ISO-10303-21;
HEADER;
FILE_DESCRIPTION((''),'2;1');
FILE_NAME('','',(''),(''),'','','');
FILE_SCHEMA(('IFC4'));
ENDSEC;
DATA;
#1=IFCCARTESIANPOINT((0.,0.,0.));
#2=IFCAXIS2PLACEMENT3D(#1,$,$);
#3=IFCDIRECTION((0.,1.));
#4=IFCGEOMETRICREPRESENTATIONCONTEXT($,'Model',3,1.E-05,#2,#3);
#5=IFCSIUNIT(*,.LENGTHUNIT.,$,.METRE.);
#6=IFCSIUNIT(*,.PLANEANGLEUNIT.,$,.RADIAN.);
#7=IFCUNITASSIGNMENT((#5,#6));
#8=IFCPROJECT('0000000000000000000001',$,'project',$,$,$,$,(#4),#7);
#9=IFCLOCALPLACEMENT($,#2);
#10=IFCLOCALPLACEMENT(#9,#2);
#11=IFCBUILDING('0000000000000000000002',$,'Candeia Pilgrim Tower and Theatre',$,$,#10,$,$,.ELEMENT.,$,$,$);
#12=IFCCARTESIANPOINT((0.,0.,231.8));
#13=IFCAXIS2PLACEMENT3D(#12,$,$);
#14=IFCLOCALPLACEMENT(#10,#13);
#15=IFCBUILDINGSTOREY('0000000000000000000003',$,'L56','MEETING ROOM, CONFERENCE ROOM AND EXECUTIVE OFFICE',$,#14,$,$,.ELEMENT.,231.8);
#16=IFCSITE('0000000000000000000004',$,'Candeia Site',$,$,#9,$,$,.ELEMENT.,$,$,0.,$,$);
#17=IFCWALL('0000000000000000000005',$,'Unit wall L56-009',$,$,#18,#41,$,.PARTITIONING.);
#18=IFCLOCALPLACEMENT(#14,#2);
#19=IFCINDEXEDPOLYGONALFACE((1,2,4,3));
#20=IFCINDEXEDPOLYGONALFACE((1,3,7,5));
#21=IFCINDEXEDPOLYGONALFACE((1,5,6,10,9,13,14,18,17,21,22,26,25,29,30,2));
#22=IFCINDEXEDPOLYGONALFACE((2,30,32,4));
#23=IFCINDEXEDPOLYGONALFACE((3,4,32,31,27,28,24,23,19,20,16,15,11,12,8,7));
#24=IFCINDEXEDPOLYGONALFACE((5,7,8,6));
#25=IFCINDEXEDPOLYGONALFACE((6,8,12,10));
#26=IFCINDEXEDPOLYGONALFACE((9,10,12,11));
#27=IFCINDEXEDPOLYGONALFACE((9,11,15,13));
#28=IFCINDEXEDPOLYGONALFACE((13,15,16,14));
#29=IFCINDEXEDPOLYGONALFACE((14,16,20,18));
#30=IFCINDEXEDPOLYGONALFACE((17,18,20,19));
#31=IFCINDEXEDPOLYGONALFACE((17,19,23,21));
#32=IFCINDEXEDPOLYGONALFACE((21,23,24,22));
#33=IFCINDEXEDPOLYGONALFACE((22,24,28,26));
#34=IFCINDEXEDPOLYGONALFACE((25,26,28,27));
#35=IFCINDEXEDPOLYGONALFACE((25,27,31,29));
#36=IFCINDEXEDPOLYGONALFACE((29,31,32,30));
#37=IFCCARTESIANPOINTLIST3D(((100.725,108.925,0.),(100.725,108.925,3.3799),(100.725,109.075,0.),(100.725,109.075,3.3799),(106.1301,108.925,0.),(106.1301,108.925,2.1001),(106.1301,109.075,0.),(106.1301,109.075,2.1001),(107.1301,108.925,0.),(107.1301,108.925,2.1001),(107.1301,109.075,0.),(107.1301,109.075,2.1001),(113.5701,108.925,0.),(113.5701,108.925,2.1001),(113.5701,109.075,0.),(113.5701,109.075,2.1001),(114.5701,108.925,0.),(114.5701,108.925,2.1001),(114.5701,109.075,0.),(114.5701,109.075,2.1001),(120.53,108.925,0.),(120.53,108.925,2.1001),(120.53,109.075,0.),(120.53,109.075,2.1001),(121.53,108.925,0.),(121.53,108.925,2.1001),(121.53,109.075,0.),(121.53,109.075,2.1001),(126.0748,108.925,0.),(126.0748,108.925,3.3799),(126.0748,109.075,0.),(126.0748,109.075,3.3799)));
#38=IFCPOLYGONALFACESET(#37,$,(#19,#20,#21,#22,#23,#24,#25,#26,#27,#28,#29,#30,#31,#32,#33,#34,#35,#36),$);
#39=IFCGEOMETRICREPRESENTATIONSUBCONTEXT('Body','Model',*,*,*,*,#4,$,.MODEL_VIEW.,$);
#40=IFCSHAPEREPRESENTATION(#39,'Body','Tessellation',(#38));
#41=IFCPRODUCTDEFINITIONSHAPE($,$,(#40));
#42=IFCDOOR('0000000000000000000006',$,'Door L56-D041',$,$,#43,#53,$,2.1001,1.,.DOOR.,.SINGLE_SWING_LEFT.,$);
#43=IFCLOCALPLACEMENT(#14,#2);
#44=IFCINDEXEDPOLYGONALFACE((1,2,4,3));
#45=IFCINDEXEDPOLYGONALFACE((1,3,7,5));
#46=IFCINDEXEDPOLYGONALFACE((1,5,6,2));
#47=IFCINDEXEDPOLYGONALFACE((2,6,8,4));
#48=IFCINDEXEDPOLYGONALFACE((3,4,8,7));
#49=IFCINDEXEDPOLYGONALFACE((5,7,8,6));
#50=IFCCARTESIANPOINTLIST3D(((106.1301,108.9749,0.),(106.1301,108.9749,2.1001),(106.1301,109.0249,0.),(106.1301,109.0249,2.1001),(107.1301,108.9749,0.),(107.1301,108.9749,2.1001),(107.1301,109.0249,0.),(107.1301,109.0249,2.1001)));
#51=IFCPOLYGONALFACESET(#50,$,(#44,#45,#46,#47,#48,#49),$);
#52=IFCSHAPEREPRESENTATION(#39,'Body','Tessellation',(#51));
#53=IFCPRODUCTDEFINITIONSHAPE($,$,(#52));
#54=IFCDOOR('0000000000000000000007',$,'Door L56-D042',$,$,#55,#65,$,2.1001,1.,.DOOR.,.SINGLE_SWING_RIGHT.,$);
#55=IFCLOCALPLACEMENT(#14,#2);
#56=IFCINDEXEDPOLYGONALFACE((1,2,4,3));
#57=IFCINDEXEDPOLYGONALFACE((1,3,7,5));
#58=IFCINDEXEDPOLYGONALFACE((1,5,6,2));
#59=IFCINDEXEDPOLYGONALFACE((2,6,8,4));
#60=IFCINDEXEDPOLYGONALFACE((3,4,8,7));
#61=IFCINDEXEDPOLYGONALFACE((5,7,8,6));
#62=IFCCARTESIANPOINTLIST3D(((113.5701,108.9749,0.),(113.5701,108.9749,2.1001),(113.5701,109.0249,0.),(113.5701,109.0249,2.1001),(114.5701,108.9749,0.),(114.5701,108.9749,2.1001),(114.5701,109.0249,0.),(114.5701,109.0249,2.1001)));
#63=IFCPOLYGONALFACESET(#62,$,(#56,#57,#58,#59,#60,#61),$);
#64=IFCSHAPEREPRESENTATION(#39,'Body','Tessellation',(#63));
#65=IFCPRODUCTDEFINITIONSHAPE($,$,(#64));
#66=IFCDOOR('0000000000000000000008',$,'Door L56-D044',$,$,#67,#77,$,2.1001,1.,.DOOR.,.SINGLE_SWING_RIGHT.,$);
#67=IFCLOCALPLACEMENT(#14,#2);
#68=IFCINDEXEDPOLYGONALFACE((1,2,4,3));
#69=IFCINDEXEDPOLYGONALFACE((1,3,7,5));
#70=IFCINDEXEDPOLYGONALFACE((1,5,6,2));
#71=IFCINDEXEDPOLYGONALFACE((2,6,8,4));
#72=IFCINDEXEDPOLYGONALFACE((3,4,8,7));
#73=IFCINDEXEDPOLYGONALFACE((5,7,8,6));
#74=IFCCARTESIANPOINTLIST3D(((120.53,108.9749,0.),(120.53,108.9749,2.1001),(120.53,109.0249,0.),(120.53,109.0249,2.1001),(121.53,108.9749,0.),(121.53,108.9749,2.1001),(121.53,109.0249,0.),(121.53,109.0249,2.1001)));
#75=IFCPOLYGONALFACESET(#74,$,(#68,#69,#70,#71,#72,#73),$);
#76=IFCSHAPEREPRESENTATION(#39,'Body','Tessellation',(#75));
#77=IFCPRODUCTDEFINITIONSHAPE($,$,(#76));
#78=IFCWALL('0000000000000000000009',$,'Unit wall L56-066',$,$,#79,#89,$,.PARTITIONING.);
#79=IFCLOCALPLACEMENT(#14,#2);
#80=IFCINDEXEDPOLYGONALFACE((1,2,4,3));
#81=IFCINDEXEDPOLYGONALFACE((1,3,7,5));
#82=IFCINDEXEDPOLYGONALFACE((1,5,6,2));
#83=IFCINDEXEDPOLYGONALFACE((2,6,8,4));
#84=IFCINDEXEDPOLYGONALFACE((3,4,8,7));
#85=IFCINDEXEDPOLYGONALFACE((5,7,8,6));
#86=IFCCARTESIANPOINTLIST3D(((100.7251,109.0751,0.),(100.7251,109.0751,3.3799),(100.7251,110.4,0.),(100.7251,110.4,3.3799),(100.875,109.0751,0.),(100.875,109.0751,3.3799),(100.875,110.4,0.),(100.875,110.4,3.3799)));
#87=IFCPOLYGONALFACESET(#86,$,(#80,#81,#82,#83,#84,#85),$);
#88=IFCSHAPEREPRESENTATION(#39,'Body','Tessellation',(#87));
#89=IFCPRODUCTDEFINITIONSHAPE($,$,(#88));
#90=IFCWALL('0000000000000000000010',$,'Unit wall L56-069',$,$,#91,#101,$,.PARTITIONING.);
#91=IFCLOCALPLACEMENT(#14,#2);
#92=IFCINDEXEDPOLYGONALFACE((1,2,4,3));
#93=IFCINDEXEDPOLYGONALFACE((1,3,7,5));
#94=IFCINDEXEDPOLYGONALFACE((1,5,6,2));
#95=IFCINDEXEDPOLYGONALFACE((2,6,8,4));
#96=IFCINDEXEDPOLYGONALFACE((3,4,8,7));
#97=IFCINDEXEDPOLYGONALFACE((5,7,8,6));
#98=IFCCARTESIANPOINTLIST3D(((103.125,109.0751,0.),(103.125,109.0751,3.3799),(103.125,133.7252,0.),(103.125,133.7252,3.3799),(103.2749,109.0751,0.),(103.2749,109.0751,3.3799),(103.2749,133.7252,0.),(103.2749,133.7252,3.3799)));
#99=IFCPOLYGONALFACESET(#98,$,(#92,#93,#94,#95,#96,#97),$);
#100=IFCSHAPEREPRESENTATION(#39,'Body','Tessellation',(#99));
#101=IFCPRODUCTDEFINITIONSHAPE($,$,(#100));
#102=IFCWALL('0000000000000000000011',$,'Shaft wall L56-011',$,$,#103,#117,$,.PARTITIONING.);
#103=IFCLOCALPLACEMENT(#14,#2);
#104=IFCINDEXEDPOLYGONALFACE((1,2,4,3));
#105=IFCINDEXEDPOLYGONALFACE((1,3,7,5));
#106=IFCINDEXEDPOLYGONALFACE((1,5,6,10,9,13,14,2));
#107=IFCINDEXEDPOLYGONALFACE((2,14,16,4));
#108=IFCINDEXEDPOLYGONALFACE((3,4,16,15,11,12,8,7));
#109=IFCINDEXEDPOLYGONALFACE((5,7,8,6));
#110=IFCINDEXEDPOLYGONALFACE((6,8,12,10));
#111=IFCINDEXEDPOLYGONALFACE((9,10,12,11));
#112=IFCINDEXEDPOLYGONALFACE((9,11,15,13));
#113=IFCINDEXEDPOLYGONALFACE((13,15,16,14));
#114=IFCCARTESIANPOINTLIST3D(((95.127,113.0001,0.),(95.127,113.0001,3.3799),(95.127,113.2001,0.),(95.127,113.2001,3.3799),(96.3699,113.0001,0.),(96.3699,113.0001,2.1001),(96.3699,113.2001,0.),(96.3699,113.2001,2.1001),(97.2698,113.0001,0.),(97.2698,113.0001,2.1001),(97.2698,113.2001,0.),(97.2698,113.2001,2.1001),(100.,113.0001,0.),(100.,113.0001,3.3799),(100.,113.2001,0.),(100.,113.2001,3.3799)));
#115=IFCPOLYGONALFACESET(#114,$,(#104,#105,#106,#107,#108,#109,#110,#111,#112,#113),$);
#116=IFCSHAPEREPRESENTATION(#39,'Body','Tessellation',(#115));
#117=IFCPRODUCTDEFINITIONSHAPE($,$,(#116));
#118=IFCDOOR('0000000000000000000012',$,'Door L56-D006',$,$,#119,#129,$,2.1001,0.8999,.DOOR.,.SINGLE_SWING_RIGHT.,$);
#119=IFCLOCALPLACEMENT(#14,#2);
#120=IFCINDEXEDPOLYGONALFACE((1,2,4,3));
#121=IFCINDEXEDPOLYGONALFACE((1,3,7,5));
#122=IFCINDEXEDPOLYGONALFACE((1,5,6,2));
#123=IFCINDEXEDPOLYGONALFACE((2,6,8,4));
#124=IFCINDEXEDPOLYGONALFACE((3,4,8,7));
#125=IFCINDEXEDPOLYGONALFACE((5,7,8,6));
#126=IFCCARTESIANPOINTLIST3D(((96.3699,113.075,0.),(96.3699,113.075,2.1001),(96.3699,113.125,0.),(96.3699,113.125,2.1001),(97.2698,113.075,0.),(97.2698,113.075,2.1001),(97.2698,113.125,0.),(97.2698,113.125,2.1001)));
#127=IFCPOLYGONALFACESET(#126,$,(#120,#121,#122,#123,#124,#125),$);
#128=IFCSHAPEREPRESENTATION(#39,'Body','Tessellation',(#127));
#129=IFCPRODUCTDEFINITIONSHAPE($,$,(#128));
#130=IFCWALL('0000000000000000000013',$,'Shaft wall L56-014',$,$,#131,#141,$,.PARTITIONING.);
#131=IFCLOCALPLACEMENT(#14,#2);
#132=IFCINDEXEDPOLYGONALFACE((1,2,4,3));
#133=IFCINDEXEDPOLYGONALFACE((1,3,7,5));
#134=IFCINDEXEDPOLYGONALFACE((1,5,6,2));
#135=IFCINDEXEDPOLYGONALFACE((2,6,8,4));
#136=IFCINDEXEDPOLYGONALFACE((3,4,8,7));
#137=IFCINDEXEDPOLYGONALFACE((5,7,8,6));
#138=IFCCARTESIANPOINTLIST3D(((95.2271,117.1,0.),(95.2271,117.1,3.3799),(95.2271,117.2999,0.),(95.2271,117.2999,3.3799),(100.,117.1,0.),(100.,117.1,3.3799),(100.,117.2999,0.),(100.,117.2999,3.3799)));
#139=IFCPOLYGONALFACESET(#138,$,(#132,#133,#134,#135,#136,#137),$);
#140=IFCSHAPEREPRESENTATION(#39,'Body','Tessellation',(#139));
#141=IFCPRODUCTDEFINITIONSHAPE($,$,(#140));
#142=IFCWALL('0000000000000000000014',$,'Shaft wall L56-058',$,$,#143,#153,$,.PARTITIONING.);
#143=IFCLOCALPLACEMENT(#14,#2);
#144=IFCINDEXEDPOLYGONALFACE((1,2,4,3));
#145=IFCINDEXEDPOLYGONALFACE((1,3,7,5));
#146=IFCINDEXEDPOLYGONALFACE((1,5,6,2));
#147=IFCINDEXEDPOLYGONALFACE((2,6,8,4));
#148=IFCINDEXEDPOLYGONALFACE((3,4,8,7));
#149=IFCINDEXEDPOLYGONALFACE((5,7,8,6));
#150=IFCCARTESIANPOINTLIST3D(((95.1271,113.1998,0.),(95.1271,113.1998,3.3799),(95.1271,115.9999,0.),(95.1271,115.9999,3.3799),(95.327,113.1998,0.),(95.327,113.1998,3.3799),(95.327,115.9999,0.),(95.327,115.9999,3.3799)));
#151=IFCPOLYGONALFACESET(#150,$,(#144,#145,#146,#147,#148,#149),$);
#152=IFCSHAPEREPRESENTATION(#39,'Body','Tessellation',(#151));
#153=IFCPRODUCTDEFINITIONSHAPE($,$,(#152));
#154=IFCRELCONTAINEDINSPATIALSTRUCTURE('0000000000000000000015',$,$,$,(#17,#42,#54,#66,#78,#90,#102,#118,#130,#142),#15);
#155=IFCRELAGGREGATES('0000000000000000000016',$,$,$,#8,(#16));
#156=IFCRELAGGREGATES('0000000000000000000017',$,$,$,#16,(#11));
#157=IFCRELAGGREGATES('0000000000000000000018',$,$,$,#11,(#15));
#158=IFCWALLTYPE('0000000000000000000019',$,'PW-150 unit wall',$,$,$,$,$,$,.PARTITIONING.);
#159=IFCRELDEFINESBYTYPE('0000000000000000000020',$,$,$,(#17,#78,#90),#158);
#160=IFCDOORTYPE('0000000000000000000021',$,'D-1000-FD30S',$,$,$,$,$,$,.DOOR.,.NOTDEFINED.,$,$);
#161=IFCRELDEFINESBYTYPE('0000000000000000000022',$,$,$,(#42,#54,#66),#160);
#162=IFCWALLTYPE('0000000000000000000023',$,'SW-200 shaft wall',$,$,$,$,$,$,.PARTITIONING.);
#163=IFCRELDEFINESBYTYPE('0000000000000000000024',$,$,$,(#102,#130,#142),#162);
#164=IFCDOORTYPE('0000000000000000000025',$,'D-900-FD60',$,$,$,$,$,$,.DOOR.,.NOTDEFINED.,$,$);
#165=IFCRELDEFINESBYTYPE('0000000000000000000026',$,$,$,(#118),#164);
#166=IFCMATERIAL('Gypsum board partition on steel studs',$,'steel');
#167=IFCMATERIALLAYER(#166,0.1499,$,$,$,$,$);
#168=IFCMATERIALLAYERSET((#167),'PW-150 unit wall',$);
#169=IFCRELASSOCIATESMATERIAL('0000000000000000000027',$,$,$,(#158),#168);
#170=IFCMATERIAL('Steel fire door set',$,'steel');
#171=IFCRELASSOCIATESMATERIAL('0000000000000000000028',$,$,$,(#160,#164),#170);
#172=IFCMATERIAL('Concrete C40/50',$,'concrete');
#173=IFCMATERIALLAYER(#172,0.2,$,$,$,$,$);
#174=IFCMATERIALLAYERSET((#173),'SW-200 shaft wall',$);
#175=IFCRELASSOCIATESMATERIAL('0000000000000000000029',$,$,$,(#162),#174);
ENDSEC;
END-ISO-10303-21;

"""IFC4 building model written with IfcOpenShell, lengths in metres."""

from ifc_helpers import new_model, si_unit, direction, frame, frame_2d, origin, place, context, subcontext, project, spatial, rectangle, extrude, material, layer, layer_set, type_object, element, fill, save


model = new_model("IFC4")

# Units and contexts
model_context = context("Model", 3, precision=1e-05, world=origin(), true_north=direction((0.0, 1.0)))
body_context = subcontext(model_context, "Body", "Model", "MODEL_VIEW")
ifc_project = project(units=[si_unit("LENGTHUNIT", "METRE"), si_unit("PLANEANGLEUNIT", "RADIAN")], contexts=[model_context])

# Site, building, storey
site_placement = place(None, origin())
site = spatial("IfcSite", under=ifc_project, at=site_placement, Name="Candeia Site", CompositionType="ELEMENT", RefElevation=0.0)
building_placement = place(site_placement, origin())
building = spatial("IfcBuilding", under=site, at=building_placement, Name="Candeia Pilgrim Tower and Theatre", CompositionType="ELEMENT")
storey_placement = place(building_placement, frame((0.0, 0.0, 231.8)))
storey = spatial("IfcBuildingStorey", under=building, at=storey_placement, Name="L56", Description="MEETING ROOM, CONFERENCE ROOM AND EXECUTIVE OFFICE", CompositionType="ELEMENT", Elevation=231.8)

# Shared definitions
ifc_material_1 = material(Name="Steel fire door set", Category="steel")

# Shared definitions
ifc_material_2 = material(Name="Gypsum board partition on steel studs", Category="steel")

# Wall, openings, doors
ifc_layer_1 = layer(ifc_material_2, 0.1499)
ifc_layer_set_1 = layer_set([ifc_layer_1], Name="PW-150 unit wall")
wall_type_1 = type_object("IfcWallType", Name="PW-150 unit wall", PredefinedType="PARTITIONING", material=ifc_layer_set_1)
wall_1_placement = place(storey_placement, frame((100.7251, 109.0, 0.0), z_axis=(0.0, 0.0, 1.0), x_axis=(1.0, 0.0, 0.0)))
wall_1 = element("IfcWall", 1, at=wall_1_placement, inside=storey, type_object=wall_type_1, Name="Unit wall L56-009", PredefinedType="PARTITIONING", context=body_context, shape_type="SweptSolid", body=[
    extrude(rectangle(XDim=25.3499, YDim=0.1499, at=frame_2d((12.6748, 0.0))), origin(), (0.0, 0.0, 1.0), 3.3799),
])
opening_1_placement = place(wall_1_placement, frame((5.405, 0.0, 0.0)))
opening_1 = element("IfcOpeningElement", 2, at=opening_1_placement, cuts=wall_1, PredefinedType="OPENING", context=body_context, shape_type="SweptSolid", body=[
    extrude(rectangle(XDim=1.0, YDim=2.1001, at=frame_2d((0.5, 1.05))), frame((0.0, 0.085, 0.0), z_axis=(0.0, -1.0, 0.0), x_axis=(1.0, 0.0, 0.0)), (0.0, 0.0, 1.0), 0.1699),
])
opening_2_placement = place(wall_1_placement, frame((12.845, 0.0, 0.0)))
opening_2 = element("IfcOpeningElement", 3, at=opening_2_placement, cuts=wall_1, PredefinedType="OPENING", context=body_context, shape_type="SweptSolid", body=[
    extrude(rectangle(XDim=1.0, YDim=2.1001, at=frame_2d((0.5, 1.05))), frame((0.0, 0.085, 0.0), z_axis=(0.0, -1.0, 0.0), x_axis=(1.0, 0.0, 0.0)), (0.0, 0.0, 1.0), 0.1699),
])
opening_3_placement = place(wall_1_placement, frame((19.8049, 0.0, 0.0)))
opening_3 = element("IfcOpeningElement", 4, at=opening_3_placement, cuts=wall_1, PredefinedType="OPENING", context=body_context, shape_type="SweptSolid", body=[
    extrude(rectangle(XDim=1.0, YDim=2.1001, at=frame_2d((0.5, 1.05))), frame((0.0, 0.085, 0.0), z_axis=(0.0, -1.0, 0.0), x_axis=(1.0, 0.0, 0.0)), (0.0, 0.0, 1.0), 0.1699),
])
door_type_1 = type_object("IfcDoorType", Name="D-1000-FD30S", OperationType="NOTDEFINED", PredefinedType="DOOR", material=ifc_material_1)
door_1_placement = place(opening_1_placement, origin())
door_1 = element("IfcDoor", 5, at=door_1_placement, inside=storey, type_object=door_type_1, Name="Door L56-D041", OperationType="SINGLE_SWING_LEFT", OverallHeight=2.1001, OverallWidth=1.0, PredefinedType="DOOR", context=body_context, shape_type="SweptSolid", body=[
    extrude(rectangle(XDim=1.0, YDim=2.1001, at=frame_2d((0.5, 1.05))), frame((0.0, 0.0249, 0.0), z_axis=(0.0, -1.0, 0.0), x_axis=(1.0, 0.0, 0.0)), (0.0, 0.0, 1.0), 0.05),
])
fill(opening_1, door_1)
door_2_placement = place(opening_2_placement, origin())
door_2 = element("IfcDoor", 6, at=door_2_placement, inside=storey, type_object=door_type_1, Name="Door L56-D042", OperationType="SINGLE_SWING_RIGHT", OverallHeight=2.1001, OverallWidth=1.0, PredefinedType="DOOR", context=body_context, shape_type="SweptSolid", body=[
    extrude(rectangle(XDim=1.0, YDim=2.1001, at=frame_2d((0.5, 1.05))), frame((0.0, 0.0249, 0.0), z_axis=(0.0, -1.0, 0.0), x_axis=(1.0, 0.0, 0.0)), (0.0, 0.0, 1.0), 0.05),
])
fill(opening_2, door_2)
door_3_placement = place(opening_3_placement, origin())
door_3 = element("IfcDoor", 7, at=door_3_placement, inside=storey, type_object=door_type_1, Name="Door L56-D044", OperationType="SINGLE_SWING_RIGHT", OverallHeight=2.1001, OverallWidth=1.0, PredefinedType="DOOR", context=body_context, shape_type="SweptSolid", body=[
    extrude(rectangle(XDim=1.0, YDim=2.1001, at=frame_2d((0.5, 1.05))), frame((0.0, 0.0249, 0.0), z_axis=(0.0, -1.0, 0.0), x_axis=(1.0, 0.0, 0.0)), (0.0, 0.0, 1.0), 0.05),
])
fill(opening_3, door_3)

# Walls
wall_2_placement = place(storey_placement, frame((100.8, 109.075, 0.0), z_axis=(0.0, 0.0, 1.0), x_axis=(0.0, 1.0, 0.0)))
element("IfcWall", 8, at=wall_2_placement, inside=storey, type_object=wall_type_1, Name="Unit wall L56-066", PredefinedType="PARTITIONING", context=body_context, shape_type="SweptSolid", body=[
    extrude(rectangle(XDim=1.325, YDim=0.1499, at=frame_2d((0.6626, 0.0))), origin(), (0.0, 0.0, 1.0), 3.3799),
])
wall_3_placement = place(storey_placement, frame((103.2, 109.075, 0.0), z_axis=(0.0, 0.0, 1.0), x_axis=(0.0, 1.0, 0.0)))
element("IfcWall", 9, at=wall_3_placement, inside=storey, type_object=wall_type_1, Name="Unit wall L56-069", PredefinedType="PARTITIONING", context=body_context, shape_type="SweptSolid", body=[
    extrude(rectangle(XDim=24.6501, YDim=0.1499, at=frame_2d((12.3252, 0.0))), origin(), (0.0, 0.0, 1.0), 3.3799),
])

# Wall, opening, door
ifc_material_3 = material(Name="Concrete C40/50", Category="concrete")
ifc_layer_2 = layer(ifc_material_3, 0.2)
ifc_layer_set_2 = layer_set([ifc_layer_2], Name="SW-200 shaft wall")
wall_type_2 = type_object("IfcWallType", Name="SW-200 shaft wall", PredefinedType="PARTITIONING", material=ifc_layer_set_2)
wall_4_placement = place(storey_placement, frame((95.127, 113.1001, 0.0), z_axis=(0.0, 0.0, 1.0), x_axis=(1.0, 0.0, 0.0)))
wall_4 = element("IfcWall", 10, at=wall_4_placement, inside=storey, type_object=wall_type_2, Name="Shaft wall L56-011", PredefinedType="PARTITIONING", context=body_context, shape_type="SweptSolid", body=[
    extrude(rectangle(XDim=4.873, YDim=0.2, at=frame_2d((2.4365, 0.0))), origin(), (0.0, 0.0, 1.0), 3.3799),
])
opening_4_placement = place(wall_4_placement, frame((1.2429, 0.0, 0.0)))
opening_4 = element("IfcOpeningElement", 11, at=opening_4_placement, cuts=wall_4, PredefinedType="OPENING", context=body_context, shape_type="SweptSolid", body=[
    extrude(rectangle(XDim=0.8999, YDim=2.1001, at=frame_2d((0.45, 1.05))), frame((0.0, 0.1099, 0.0), z_axis=(0.0, -1.0, 0.0), x_axis=(1.0, 0.0, 0.0)), (0.0, 0.0, 1.0), 0.22),
])
door_type_2 = type_object("IfcDoorType", Name="D-900-FD60", OperationType="NOTDEFINED", PredefinedType="DOOR", material=ifc_material_1)
door_4_placement = place(opening_4_placement, origin())
door_4 = element("IfcDoor", 12, at=door_4_placement, inside=storey, type_object=door_type_2, Name="Door L56-D006", OperationType="SINGLE_SWING_RIGHT", OverallHeight=2.1001, OverallWidth=0.8999, PredefinedType="DOOR", context=body_context, shape_type="SweptSolid", body=[
    extrude(rectangle(XDim=0.8999, YDim=2.1001, at=frame_2d((0.45, 1.05))), frame((0.0, 0.0249, 0.0), z_axis=(0.0, -1.0, 0.0), x_axis=(1.0, 0.0, 0.0)), (0.0, 0.0, 1.0), 0.05),
])
fill(opening_4, door_4)

# Walls
wall_5_placement = place(storey_placement, frame((95.2271, 117.2, 0.0), z_axis=(0.0, 0.0, 1.0), x_axis=(1.0, 0.0, 0.0)))
element("IfcWall", 13, at=wall_5_placement, inside=storey, type_object=wall_type_2, Name="Shaft wall L56-014", PredefinedType="PARTITIONING", context=body_context, shape_type="SweptSolid", body=[
    extrude(rectangle(XDim=4.7729, YDim=0.2, at=frame_2d((2.3865, 0.0))), origin(), (0.0, 0.0, 1.0), 3.3799),
])
wall_6_placement = place(storey_placement, frame((95.2271, 113.2, 0.0), z_axis=(0.0, 0.0, 1.0), x_axis=(0.0, 1.0, 0.0)))
element("IfcWall", 14, at=wall_6_placement, inside=storey, type_object=wall_type_2, Name="Shaft wall L56-058", PredefinedType="PARTITIONING", context=body_context, shape_type="SweptSolid", body=[
    extrude(rectangle(XDim=2.8, YDim=0.2, at=frame_2d((1.3999, 0.0))), origin(), (0.0, 0.0, 1.0), 3.3799),
])

save(model, "model.ifc")
